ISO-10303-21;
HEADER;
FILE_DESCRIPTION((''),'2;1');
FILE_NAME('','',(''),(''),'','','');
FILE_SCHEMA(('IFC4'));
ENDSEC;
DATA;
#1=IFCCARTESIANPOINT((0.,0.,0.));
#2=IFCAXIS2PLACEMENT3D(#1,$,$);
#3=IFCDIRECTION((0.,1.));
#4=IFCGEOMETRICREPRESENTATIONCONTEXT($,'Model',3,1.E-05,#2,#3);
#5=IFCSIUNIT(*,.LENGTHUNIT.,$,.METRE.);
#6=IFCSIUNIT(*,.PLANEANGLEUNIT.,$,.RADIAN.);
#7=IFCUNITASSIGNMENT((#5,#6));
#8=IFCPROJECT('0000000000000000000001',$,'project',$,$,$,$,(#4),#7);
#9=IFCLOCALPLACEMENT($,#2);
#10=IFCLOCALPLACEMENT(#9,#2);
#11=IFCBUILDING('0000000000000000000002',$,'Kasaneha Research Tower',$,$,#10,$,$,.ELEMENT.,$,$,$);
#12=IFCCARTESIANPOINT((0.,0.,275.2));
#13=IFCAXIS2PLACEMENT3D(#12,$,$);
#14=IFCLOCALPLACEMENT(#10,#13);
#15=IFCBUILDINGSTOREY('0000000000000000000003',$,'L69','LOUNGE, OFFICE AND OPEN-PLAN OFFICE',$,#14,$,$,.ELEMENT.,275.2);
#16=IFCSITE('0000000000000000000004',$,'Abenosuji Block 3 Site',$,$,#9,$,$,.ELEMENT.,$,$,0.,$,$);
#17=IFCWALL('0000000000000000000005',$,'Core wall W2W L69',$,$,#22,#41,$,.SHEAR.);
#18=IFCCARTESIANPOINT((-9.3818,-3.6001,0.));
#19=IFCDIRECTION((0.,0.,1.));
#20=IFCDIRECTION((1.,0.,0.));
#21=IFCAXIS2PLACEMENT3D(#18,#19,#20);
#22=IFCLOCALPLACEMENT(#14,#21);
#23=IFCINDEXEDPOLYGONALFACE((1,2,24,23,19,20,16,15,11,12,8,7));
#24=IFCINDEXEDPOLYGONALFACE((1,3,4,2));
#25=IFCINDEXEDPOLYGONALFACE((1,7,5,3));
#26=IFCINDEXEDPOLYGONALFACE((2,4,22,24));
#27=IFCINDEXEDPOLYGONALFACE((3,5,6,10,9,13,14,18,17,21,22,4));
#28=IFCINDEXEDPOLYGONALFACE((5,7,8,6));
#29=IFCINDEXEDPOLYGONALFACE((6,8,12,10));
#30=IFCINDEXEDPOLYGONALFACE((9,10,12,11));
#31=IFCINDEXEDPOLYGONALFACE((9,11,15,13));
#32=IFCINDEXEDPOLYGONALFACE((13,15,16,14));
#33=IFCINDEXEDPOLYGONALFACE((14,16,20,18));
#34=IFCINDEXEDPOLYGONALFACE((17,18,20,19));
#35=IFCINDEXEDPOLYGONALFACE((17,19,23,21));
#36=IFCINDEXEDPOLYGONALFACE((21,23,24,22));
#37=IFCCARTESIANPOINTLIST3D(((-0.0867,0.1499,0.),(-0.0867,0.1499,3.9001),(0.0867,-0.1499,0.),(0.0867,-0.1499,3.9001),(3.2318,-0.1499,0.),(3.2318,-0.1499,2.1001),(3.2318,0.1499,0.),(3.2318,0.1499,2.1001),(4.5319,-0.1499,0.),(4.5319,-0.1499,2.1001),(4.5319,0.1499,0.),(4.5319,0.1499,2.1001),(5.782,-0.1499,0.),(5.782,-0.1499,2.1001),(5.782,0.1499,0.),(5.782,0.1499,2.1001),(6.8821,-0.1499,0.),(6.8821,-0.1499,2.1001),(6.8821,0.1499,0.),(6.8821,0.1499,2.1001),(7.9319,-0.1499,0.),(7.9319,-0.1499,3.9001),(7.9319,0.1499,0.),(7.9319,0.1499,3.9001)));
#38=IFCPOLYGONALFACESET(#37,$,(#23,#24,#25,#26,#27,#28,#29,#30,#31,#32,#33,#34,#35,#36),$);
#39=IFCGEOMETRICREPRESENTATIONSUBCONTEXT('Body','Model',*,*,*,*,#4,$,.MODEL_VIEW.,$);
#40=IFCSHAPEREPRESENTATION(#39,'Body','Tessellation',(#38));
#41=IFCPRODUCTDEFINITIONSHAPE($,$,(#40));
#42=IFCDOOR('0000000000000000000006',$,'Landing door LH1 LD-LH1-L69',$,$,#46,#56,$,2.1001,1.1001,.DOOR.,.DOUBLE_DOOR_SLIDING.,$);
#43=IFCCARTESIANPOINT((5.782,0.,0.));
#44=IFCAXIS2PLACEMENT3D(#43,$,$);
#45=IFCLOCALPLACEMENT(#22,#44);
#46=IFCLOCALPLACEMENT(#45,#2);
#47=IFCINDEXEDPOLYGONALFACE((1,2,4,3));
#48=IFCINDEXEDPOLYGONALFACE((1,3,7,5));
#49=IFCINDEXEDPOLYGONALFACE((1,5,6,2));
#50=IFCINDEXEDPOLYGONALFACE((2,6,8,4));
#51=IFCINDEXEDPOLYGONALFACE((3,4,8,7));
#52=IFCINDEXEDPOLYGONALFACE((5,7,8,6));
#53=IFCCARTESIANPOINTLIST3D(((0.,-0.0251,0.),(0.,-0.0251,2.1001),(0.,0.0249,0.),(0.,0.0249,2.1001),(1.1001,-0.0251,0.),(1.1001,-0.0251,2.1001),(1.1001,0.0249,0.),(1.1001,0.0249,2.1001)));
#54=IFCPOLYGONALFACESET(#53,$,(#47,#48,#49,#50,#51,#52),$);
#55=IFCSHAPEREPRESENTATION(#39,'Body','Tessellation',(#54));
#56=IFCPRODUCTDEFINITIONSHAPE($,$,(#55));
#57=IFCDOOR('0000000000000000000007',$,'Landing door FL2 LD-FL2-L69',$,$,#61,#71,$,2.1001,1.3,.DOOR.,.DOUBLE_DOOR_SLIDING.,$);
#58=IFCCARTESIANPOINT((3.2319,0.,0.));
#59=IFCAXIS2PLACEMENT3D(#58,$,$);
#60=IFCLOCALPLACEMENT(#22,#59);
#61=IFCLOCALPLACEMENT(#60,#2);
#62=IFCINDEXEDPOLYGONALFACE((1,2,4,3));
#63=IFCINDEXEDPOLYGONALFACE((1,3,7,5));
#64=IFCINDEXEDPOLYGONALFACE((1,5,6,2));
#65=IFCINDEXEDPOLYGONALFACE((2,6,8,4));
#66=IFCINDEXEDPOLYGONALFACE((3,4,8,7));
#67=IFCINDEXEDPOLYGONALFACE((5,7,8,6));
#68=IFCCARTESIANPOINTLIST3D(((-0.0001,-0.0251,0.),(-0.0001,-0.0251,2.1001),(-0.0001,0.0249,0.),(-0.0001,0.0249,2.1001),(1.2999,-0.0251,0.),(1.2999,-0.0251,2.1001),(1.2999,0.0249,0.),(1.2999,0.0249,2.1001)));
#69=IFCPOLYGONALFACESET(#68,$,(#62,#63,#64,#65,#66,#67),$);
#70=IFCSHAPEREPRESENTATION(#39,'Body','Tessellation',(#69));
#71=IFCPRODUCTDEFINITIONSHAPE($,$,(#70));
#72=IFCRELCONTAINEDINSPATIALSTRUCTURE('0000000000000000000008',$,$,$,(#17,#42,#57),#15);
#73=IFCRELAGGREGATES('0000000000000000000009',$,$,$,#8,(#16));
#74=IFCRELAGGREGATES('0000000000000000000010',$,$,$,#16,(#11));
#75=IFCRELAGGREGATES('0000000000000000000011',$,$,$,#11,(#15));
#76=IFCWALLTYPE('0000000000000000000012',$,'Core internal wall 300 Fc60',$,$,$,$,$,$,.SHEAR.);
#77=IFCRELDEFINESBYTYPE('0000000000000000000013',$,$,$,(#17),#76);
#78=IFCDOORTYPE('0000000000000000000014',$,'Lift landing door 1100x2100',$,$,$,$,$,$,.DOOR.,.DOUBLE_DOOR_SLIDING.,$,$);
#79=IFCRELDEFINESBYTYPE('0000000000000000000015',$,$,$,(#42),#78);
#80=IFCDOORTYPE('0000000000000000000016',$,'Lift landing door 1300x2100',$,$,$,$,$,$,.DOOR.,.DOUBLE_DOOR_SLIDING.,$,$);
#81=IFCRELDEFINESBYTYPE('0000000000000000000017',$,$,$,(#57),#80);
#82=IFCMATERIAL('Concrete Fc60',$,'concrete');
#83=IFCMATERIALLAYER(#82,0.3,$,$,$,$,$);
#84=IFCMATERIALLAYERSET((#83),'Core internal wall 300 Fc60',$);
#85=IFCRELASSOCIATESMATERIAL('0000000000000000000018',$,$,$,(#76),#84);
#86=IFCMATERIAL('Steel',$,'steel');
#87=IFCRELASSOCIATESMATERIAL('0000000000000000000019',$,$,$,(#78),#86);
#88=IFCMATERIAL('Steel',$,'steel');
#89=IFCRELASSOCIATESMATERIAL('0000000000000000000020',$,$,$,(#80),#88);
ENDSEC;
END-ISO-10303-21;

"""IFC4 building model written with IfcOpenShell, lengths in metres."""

from ifc_helpers import new_model, si_unit, direction, frame, frame_2d, origin, place, context, subcontext, project, spatial, polyline, rectangle, outline, extrude, material, layer, layer_set, type_object, element, fill, save


model = new_model("IFC4")

# Units and contexts
model_context = context("Model", 3, precision=1e-05, world=origin(), true_north=direction((0.0, 1.0)))
body_context = subcontext(model_context, "Body", "Model", "MODEL_VIEW")
ifc_project = project(units=[si_unit("LENGTHUNIT", "METRE"), si_unit("PLANEANGLEUNIT", "RADIAN")], contexts=[model_context])

# Site, building, storey
site_placement = place(None, origin())
site = spatial("IfcSite", under=ifc_project, at=site_placement, Name="Abenosuji Block 3 Site", CompositionType="ELEMENT", RefElevation=0.0)
building_placement = place(site_placement, origin())
building = spatial("IfcBuilding", under=site, at=building_placement, Name="Kasaneha Research Tower", CompositionType="ELEMENT")
storey_placement = place(building_placement, frame((0.0, 0.0, 275.2)))
storey = spatial("IfcBuildingStorey", under=building, at=storey_placement, Name="L69", Description="LOUNGE, OFFICE AND OPEN-PLAN OFFICE", CompositionType="ELEMENT", Elevation=275.2)

# Wall, openings, doors
ifc_material_1 = material(Name="Concrete Fc60", Category="concrete")
ifc_layer_1 = layer(ifc_material_1, 0.3)
ifc_layer_set_1 = layer_set([ifc_layer_1], Name="Core internal wall 300 Fc60")
wall_type_1 = type_object("IfcWallType", Name="Core internal wall 300 Fc60", PredefinedType="SHEAR", material=ifc_layer_set_1)
wall_1_placement = place(storey_placement, frame((-9.3818, -3.6001, 0.0), z_axis=(0.0, 0.0, 1.0), x_axis=(1.0, 0.0, 0.0)))
wall_1 = element("IfcWall", 1, at=wall_1_placement, inside=storey, type_object=wall_type_1, Name="Core wall W2W L69", PredefinedType="SHEAR", context=body_context, shape_type="SweptSolid", body=[
    extrude(outline(polyline([(0.0867, -0.1499), (3.2319, -0.1499), (4.532, -0.1499), (5.782, -0.1499), (6.8821, -0.1499), (7.9319, -0.1499), (7.9319, 0.1499), (6.8821, 0.1499), (5.782, 0.1499), (4.532, 0.1499), (3.2319, 0.1499), (-0.0867, 0.1499), (0.0867, -0.1499)])), origin(), (0.0, 0.0, 1.0), 3.9001),
])
opening_1_placement = place(wall_1_placement, frame((5.782, 0.0, 0.0)))
opening_1 = element("IfcOpeningElement", 2, at=opening_1_placement, cuts=wall_1, PredefinedType="OPENING", context=body_context, shape_type="SweptSolid", body=[
    extrude(rectangle(XDim=1.1001, YDim=2.1001, at=frame_2d((0.55, 1.05))), frame((0.0, 0.1602, 0.0), z_axis=(0.0, -1.0, 0.0), x_axis=(1.0, 0.0, 0.0)), (0.0, 0.0, 1.0), 0.3201),
])
opening_2_placement = place(wall_1_placement, frame((3.2319, 0.0, 0.0)))
opening_2 = element("IfcOpeningElement", 3, at=opening_2_placement, cuts=wall_1, PredefinedType="OPENING", context=body_context, shape_type="SweptSolid", body=[
    extrude(rectangle(XDim=1.3, YDim=2.1001, at=frame_2d((0.6499, 1.05))), frame((0.0, 0.1602, 0.0), z_axis=(0.0, -1.0, 0.0), x_axis=(1.0, 0.0, 0.0)), (0.0, 0.0, 1.0), 0.3201),
])
ifc_material_2 = material(Name="Steel", Category="steel")
door_type_1 = type_object("IfcDoorType", Name="Lift landing door 1100x2100", OperationType="DOUBLE_DOOR_SLIDING", PredefinedType="DOOR", material=ifc_material_2)
door_1_placement = place(opening_1_placement, origin())
door_1 = element("IfcDoor", 4, at=door_1_placement, inside=storey, type_object=door_type_1, Name="Landing door LH1 LD-LH1-L69", OperationType="DOUBLE_DOOR_SLIDING", OverallHeight=2.1001, OverallWidth=1.1001, PredefinedType="DOOR", context=body_context, shape_type="SweptSolid", body=[
    extrude(rectangle(XDim=1.1001, YDim=2.1001, at=frame_2d((0.55, 1.05))), frame((0.0, 0.0249, 0.0), z_axis=(0.0, -1.0, 0.0), x_axis=(1.0, 0.0, 0.0)), (0.0, 0.0, 1.0), 0.05),
])
fill(opening_1, door_1)
ifc_material_3 = material(Name="Steel", Category="steel")
door_type_2 = type_object("IfcDoorType", Name="Lift landing door 1300x2100", OperationType="DOUBLE_DOOR_SLIDING", PredefinedType="DOOR", material=ifc_material_3)
door_2_placement = place(opening_2_placement, origin())
door_2 = element("IfcDoor", 5, at=door_2_placement, inside=storey, type_object=door_type_2, Name="Landing door FL2 LD-FL2-L69", OperationType="DOUBLE_DOOR_SLIDING", OverallHeight=2.1001, OverallWidth=1.3, PredefinedType="DOOR", context=body_context, shape_type="SweptSolid", body=[
    extrude(rectangle(XDim=1.3, YDim=2.1001, at=frame_2d((0.6499, 1.05))), frame((0.0, 0.0249, 0.0), z_axis=(0.0, -1.0, 0.0), x_axis=(1.0, 0.0, 0.0)), (0.0, 0.0, 1.0), 0.05),
])
fill(opening_2, door_2)

save(model, "model.ifc")
